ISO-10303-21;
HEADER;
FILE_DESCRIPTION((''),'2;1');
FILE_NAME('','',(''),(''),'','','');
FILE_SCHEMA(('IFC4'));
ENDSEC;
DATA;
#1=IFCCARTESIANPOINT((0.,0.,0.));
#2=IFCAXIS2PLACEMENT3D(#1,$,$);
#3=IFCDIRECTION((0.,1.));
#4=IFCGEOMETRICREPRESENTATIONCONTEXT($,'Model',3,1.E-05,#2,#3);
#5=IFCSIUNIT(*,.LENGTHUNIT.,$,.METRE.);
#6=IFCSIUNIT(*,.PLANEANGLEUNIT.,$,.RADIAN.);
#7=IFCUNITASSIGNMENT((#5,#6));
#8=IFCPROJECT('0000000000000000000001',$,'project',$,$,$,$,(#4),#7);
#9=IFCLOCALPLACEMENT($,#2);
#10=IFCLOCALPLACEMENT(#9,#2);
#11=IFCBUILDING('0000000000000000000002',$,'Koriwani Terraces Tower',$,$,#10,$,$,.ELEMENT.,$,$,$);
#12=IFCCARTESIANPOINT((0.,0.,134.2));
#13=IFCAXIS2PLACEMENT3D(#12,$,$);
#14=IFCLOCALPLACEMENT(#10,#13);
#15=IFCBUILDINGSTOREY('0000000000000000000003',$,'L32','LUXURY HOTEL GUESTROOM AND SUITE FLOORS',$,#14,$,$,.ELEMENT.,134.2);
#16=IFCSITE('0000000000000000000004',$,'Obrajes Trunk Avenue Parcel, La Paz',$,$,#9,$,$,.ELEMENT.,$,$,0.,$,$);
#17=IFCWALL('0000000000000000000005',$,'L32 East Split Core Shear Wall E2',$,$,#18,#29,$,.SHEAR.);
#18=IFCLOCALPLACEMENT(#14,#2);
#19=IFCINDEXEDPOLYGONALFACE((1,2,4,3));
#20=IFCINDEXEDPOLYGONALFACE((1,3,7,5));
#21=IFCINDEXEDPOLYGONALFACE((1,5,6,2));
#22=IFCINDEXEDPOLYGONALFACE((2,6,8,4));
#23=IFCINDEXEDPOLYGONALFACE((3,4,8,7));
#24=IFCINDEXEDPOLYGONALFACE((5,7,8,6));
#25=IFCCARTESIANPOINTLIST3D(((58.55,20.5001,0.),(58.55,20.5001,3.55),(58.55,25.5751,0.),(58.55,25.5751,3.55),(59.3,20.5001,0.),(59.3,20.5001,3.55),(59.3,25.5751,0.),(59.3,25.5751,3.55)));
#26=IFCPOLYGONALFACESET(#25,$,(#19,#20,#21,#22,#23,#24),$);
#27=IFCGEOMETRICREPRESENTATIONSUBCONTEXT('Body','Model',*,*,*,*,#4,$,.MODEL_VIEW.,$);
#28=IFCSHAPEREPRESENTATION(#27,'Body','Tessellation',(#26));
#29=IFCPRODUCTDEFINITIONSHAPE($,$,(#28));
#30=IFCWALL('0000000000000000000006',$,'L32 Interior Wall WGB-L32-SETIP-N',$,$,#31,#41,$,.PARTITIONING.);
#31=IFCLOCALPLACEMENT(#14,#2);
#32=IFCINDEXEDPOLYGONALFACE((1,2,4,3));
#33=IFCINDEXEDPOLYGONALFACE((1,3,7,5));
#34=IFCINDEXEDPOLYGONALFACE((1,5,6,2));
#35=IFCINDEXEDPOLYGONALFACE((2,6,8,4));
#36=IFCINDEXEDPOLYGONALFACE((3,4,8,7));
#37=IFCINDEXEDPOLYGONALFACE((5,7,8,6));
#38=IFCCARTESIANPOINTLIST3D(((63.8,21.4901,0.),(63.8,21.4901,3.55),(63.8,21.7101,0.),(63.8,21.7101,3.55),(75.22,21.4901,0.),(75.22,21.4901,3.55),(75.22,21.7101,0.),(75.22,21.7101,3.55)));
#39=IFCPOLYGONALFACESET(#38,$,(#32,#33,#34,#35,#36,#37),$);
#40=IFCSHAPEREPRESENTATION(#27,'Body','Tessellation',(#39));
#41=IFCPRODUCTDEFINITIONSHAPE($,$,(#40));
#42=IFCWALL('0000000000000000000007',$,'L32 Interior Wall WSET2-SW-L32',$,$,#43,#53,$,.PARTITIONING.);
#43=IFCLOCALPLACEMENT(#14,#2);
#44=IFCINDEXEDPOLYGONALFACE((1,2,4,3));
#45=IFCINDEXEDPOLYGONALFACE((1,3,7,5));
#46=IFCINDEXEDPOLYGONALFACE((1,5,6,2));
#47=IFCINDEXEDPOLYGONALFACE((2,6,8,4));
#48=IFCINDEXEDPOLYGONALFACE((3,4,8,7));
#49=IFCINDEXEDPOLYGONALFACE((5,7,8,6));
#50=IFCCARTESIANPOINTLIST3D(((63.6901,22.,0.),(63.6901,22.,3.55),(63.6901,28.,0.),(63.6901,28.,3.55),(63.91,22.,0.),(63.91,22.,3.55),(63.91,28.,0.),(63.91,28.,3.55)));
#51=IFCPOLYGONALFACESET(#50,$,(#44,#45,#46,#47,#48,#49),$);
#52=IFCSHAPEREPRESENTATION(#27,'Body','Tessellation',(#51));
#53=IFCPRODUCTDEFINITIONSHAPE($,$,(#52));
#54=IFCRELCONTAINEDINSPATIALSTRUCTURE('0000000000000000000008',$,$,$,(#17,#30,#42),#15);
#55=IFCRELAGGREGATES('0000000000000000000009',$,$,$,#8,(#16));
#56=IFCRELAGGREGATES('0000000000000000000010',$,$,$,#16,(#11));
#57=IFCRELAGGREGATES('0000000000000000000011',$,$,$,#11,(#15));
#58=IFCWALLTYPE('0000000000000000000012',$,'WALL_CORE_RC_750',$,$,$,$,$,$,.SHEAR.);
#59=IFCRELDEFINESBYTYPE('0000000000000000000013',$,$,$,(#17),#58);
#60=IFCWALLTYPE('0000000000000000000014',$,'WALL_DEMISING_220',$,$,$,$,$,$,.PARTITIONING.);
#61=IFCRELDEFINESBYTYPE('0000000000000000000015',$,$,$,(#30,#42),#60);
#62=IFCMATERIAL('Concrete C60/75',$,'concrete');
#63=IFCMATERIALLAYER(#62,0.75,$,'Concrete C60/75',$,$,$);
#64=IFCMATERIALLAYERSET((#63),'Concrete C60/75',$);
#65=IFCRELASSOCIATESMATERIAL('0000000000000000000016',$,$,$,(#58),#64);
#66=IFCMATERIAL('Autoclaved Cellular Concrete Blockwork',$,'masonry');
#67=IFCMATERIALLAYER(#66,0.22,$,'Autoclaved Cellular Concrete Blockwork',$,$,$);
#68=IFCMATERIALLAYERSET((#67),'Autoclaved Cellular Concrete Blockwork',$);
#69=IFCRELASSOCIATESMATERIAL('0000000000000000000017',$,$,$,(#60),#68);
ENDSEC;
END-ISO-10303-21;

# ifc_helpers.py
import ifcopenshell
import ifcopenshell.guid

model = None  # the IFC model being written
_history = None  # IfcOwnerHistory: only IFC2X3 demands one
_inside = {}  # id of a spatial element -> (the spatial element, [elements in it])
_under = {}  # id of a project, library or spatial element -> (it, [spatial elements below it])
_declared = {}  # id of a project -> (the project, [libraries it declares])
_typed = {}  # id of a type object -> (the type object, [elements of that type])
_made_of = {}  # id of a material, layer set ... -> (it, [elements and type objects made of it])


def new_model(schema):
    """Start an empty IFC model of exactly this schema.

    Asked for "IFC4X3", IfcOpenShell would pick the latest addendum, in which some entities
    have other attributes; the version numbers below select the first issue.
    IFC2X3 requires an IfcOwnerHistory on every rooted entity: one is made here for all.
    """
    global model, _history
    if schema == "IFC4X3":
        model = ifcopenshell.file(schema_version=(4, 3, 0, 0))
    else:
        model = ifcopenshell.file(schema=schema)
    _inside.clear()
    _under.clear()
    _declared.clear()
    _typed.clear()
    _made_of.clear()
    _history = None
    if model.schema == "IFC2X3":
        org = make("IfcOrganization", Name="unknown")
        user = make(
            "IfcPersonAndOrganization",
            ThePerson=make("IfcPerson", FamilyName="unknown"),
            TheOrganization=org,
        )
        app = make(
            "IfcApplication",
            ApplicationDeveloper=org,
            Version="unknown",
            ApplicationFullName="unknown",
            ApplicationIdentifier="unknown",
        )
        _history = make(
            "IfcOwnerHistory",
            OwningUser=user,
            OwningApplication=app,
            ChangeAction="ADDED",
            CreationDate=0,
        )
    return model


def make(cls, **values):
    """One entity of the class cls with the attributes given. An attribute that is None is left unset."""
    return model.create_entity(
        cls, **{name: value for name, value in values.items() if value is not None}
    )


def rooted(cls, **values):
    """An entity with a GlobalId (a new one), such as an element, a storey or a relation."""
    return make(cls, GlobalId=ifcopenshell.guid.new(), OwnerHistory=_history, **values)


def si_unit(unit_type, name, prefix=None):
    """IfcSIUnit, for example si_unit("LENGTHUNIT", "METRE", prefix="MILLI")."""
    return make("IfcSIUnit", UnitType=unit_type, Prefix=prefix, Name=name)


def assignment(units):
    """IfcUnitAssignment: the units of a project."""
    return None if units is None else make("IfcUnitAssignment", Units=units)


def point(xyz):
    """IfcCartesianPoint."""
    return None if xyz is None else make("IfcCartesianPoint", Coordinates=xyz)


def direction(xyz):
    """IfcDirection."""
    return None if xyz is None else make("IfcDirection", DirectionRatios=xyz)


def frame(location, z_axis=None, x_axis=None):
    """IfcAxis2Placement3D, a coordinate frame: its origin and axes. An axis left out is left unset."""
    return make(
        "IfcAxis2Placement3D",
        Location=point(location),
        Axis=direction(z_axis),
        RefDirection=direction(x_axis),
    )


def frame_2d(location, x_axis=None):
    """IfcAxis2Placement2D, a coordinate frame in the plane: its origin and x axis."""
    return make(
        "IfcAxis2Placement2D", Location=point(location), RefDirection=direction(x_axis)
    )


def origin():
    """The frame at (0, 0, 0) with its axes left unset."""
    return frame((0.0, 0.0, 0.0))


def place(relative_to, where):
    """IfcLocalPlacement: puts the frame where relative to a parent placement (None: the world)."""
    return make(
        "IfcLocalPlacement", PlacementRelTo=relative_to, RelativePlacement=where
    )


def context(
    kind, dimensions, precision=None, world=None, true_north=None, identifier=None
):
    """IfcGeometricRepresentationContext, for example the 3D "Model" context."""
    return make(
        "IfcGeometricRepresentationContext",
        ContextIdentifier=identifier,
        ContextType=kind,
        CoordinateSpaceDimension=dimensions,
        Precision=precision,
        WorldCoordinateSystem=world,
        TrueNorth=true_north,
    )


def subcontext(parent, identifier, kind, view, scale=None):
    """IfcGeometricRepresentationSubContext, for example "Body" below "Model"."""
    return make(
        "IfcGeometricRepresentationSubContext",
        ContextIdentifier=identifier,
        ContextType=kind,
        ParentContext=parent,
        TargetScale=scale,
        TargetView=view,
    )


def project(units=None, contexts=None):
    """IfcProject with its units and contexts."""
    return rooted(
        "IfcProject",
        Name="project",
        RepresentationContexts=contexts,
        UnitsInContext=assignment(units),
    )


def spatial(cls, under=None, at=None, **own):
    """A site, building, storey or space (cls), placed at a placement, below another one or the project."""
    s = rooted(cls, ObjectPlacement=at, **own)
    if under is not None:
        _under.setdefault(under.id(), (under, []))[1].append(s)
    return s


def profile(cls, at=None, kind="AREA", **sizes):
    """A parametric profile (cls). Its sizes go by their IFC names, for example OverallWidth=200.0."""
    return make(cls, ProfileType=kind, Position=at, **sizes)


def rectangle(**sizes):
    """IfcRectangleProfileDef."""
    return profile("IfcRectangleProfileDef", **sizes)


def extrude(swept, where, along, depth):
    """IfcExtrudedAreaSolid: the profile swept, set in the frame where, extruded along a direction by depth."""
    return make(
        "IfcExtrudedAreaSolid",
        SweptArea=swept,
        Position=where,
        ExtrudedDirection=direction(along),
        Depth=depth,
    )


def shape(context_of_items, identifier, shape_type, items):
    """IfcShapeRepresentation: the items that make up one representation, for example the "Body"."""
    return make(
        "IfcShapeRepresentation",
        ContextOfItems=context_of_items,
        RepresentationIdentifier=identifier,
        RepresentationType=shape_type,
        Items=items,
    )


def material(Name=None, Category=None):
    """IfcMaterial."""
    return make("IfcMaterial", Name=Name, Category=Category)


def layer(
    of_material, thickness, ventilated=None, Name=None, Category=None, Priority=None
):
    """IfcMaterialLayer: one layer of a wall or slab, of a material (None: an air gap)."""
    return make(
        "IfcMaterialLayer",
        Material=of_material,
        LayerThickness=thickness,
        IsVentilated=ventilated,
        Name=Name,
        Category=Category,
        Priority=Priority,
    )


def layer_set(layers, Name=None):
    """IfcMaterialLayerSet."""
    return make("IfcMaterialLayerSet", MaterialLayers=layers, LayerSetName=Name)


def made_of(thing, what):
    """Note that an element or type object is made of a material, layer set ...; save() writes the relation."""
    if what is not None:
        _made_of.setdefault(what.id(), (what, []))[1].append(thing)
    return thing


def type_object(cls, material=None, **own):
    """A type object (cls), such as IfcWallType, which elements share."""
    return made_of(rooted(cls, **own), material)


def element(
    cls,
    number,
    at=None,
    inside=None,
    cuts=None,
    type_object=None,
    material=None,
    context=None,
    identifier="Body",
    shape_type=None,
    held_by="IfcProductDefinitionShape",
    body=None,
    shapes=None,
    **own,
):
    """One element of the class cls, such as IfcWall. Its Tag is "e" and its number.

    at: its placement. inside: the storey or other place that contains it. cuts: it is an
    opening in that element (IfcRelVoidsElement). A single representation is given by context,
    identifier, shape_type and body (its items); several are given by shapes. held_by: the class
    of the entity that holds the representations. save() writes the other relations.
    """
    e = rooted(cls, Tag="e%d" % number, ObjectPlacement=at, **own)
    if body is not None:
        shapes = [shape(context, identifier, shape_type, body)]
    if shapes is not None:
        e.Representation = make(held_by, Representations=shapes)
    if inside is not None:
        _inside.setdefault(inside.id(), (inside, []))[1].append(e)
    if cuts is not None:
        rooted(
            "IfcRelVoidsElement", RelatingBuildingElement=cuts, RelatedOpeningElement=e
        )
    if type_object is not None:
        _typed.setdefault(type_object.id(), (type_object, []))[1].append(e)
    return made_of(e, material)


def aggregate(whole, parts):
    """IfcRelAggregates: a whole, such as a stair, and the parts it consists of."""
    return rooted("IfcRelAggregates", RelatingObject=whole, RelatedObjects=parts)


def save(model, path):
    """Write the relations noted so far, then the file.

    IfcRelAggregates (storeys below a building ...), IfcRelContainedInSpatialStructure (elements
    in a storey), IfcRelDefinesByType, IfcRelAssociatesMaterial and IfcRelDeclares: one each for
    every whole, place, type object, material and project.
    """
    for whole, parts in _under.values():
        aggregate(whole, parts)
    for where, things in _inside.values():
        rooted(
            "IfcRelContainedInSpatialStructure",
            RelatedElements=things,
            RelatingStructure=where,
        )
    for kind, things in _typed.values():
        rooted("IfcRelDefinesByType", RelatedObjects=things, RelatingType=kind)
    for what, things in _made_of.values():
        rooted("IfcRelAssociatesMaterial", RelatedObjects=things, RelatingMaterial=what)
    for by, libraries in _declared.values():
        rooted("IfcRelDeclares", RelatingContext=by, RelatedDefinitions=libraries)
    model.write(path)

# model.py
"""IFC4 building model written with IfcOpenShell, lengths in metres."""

from ifc_helpers import new_model, si_unit, direction, frame, frame_2d, origin, place, context, subcontext, project, spatial, rectangle, extrude, material, layer, layer_set, type_object, element, save


model = new_model("IFC4")

# Units and contexts
model_context = context("Model", 3, precision=1e-05, world=origin(), true_north=direction((0.0, 1.0)))
body_context = subcontext(model_context, "Body", "Model", "MODEL_VIEW")
ifc_project = project(units=[si_unit("LENGTHUNIT", "METRE"), si_unit("PLANEANGLEUNIT", "RADIAN")], contexts=[model_context])

# Site, building, storey
site_placement = place(None, origin())
site = spatial("IfcSite", under=ifc_project, at=site_placement, Name="Obrajes Trunk Avenue Parcel, La Paz", CompositionType="ELEMENT", RefElevation=0.0)
building_placement = place(site_placement, origin())
building = spatial("IfcBuilding", under=site, at=building_placement, Name="Koriwani Terraces Tower", CompositionType="ELEMENT")
storey_placement = place(building_placement, frame((0.0, 0.0, 134.2)))
storey = spatial("IfcBuildingStorey", under=building, at=storey_placement, Name="L32", Description="LUXURY HOTEL GUESTROOM AND SUITE FLOORS", CompositionType="ELEMENT", Elevation=134.2)

# Shared definitions
ifc_material_1 = material(Name="Concrete C60/75", Category="concrete")

# Walls
ifc_layer_1 = layer(ifc_material_1, 0.75, Name="Concrete C60/75")
ifc_layer_set_1 = layer_set([ifc_layer_1], Name="Concrete C60/75")
wall_type_1 = type_object("IfcWallType", Name="WALL_CORE_RC_750", PredefinedType="SHEAR", material=ifc_layer_set_1)
wall_1_placement = place(storey_placement, frame((58.925, 20.5, 0.0), z_axis=(0.0, 0.0, 1.0), x_axis=(0.0, 1.0, 0.0)))
element("IfcWall", 1, at=wall_1_placement, inside=storey, type_object=wall_type_1, Name="L32 East Split Core Shear Wall E2", PredefinedType="SHEAR", context=body_context, shape_type="SweptSolid", body=[
    extrude(rectangle(XDim=5.075, YDim=0.75, at=frame_2d((2.5376, 0.0))), origin(), (0.0, 0.0, 1.0), 3.55),
])
ifc_material_2 = material(Name="Autoclaved Cellular Concrete Blockwork", Category="masonry")
ifc_layer_2 = layer(ifc_material_2, 0.22, Name="Autoclaved Cellular Concrete Blockwork")
ifc_layer_set_2 = layer_set([ifc_layer_2], Name="Autoclaved Cellular Concrete Blockwork")
wall_type_2 = type_object("IfcWallType", Name="WALL_DEMISING_220", PredefinedType="PARTITIONING", material=ifc_layer_set_2)
wall_2_placement = place(storey_placement, frame((63.8, 21.6001, 0.0), z_axis=(0.0, 0.0, 1.0), x_axis=(1.0, 0.0, 0.0)))
element("IfcWall", 2, at=wall_2_placement, inside=storey, type_object=wall_type_2, Name="L32 Interior Wall WGB-L32-SETIP-N", PredefinedType="PARTITIONING", context=body_context, shape_type="SweptSolid", body=[
    extrude(rectangle(XDim=11.4199, YDim=0.22, at=frame_2d((5.71, 0.0))), origin(), (0.0, 0.0, 1.0), 3.55),
])
wall_3_placement = place(storey_placement, frame((63.8, 22.0, 0.0), z_axis=(0.0, 0.0, 1.0), x_axis=(0.0, 1.0, 0.0)))
element("IfcWall", 3, at=wall_3_placement, inside=storey, type_object=wall_type_2, Name="L32 Interior Wall WSET2-SW-L32", PredefinedType="PARTITIONING", context=body_context, shape_type="SweptSolid", body=[
    extrude(rectangle(XDim=6.0, YDim=0.22, at=frame_2d((3.0, 0.0))), origin(), (0.0, 0.0, 1.0), 3.55),
])

save(model, "model.ifc")
